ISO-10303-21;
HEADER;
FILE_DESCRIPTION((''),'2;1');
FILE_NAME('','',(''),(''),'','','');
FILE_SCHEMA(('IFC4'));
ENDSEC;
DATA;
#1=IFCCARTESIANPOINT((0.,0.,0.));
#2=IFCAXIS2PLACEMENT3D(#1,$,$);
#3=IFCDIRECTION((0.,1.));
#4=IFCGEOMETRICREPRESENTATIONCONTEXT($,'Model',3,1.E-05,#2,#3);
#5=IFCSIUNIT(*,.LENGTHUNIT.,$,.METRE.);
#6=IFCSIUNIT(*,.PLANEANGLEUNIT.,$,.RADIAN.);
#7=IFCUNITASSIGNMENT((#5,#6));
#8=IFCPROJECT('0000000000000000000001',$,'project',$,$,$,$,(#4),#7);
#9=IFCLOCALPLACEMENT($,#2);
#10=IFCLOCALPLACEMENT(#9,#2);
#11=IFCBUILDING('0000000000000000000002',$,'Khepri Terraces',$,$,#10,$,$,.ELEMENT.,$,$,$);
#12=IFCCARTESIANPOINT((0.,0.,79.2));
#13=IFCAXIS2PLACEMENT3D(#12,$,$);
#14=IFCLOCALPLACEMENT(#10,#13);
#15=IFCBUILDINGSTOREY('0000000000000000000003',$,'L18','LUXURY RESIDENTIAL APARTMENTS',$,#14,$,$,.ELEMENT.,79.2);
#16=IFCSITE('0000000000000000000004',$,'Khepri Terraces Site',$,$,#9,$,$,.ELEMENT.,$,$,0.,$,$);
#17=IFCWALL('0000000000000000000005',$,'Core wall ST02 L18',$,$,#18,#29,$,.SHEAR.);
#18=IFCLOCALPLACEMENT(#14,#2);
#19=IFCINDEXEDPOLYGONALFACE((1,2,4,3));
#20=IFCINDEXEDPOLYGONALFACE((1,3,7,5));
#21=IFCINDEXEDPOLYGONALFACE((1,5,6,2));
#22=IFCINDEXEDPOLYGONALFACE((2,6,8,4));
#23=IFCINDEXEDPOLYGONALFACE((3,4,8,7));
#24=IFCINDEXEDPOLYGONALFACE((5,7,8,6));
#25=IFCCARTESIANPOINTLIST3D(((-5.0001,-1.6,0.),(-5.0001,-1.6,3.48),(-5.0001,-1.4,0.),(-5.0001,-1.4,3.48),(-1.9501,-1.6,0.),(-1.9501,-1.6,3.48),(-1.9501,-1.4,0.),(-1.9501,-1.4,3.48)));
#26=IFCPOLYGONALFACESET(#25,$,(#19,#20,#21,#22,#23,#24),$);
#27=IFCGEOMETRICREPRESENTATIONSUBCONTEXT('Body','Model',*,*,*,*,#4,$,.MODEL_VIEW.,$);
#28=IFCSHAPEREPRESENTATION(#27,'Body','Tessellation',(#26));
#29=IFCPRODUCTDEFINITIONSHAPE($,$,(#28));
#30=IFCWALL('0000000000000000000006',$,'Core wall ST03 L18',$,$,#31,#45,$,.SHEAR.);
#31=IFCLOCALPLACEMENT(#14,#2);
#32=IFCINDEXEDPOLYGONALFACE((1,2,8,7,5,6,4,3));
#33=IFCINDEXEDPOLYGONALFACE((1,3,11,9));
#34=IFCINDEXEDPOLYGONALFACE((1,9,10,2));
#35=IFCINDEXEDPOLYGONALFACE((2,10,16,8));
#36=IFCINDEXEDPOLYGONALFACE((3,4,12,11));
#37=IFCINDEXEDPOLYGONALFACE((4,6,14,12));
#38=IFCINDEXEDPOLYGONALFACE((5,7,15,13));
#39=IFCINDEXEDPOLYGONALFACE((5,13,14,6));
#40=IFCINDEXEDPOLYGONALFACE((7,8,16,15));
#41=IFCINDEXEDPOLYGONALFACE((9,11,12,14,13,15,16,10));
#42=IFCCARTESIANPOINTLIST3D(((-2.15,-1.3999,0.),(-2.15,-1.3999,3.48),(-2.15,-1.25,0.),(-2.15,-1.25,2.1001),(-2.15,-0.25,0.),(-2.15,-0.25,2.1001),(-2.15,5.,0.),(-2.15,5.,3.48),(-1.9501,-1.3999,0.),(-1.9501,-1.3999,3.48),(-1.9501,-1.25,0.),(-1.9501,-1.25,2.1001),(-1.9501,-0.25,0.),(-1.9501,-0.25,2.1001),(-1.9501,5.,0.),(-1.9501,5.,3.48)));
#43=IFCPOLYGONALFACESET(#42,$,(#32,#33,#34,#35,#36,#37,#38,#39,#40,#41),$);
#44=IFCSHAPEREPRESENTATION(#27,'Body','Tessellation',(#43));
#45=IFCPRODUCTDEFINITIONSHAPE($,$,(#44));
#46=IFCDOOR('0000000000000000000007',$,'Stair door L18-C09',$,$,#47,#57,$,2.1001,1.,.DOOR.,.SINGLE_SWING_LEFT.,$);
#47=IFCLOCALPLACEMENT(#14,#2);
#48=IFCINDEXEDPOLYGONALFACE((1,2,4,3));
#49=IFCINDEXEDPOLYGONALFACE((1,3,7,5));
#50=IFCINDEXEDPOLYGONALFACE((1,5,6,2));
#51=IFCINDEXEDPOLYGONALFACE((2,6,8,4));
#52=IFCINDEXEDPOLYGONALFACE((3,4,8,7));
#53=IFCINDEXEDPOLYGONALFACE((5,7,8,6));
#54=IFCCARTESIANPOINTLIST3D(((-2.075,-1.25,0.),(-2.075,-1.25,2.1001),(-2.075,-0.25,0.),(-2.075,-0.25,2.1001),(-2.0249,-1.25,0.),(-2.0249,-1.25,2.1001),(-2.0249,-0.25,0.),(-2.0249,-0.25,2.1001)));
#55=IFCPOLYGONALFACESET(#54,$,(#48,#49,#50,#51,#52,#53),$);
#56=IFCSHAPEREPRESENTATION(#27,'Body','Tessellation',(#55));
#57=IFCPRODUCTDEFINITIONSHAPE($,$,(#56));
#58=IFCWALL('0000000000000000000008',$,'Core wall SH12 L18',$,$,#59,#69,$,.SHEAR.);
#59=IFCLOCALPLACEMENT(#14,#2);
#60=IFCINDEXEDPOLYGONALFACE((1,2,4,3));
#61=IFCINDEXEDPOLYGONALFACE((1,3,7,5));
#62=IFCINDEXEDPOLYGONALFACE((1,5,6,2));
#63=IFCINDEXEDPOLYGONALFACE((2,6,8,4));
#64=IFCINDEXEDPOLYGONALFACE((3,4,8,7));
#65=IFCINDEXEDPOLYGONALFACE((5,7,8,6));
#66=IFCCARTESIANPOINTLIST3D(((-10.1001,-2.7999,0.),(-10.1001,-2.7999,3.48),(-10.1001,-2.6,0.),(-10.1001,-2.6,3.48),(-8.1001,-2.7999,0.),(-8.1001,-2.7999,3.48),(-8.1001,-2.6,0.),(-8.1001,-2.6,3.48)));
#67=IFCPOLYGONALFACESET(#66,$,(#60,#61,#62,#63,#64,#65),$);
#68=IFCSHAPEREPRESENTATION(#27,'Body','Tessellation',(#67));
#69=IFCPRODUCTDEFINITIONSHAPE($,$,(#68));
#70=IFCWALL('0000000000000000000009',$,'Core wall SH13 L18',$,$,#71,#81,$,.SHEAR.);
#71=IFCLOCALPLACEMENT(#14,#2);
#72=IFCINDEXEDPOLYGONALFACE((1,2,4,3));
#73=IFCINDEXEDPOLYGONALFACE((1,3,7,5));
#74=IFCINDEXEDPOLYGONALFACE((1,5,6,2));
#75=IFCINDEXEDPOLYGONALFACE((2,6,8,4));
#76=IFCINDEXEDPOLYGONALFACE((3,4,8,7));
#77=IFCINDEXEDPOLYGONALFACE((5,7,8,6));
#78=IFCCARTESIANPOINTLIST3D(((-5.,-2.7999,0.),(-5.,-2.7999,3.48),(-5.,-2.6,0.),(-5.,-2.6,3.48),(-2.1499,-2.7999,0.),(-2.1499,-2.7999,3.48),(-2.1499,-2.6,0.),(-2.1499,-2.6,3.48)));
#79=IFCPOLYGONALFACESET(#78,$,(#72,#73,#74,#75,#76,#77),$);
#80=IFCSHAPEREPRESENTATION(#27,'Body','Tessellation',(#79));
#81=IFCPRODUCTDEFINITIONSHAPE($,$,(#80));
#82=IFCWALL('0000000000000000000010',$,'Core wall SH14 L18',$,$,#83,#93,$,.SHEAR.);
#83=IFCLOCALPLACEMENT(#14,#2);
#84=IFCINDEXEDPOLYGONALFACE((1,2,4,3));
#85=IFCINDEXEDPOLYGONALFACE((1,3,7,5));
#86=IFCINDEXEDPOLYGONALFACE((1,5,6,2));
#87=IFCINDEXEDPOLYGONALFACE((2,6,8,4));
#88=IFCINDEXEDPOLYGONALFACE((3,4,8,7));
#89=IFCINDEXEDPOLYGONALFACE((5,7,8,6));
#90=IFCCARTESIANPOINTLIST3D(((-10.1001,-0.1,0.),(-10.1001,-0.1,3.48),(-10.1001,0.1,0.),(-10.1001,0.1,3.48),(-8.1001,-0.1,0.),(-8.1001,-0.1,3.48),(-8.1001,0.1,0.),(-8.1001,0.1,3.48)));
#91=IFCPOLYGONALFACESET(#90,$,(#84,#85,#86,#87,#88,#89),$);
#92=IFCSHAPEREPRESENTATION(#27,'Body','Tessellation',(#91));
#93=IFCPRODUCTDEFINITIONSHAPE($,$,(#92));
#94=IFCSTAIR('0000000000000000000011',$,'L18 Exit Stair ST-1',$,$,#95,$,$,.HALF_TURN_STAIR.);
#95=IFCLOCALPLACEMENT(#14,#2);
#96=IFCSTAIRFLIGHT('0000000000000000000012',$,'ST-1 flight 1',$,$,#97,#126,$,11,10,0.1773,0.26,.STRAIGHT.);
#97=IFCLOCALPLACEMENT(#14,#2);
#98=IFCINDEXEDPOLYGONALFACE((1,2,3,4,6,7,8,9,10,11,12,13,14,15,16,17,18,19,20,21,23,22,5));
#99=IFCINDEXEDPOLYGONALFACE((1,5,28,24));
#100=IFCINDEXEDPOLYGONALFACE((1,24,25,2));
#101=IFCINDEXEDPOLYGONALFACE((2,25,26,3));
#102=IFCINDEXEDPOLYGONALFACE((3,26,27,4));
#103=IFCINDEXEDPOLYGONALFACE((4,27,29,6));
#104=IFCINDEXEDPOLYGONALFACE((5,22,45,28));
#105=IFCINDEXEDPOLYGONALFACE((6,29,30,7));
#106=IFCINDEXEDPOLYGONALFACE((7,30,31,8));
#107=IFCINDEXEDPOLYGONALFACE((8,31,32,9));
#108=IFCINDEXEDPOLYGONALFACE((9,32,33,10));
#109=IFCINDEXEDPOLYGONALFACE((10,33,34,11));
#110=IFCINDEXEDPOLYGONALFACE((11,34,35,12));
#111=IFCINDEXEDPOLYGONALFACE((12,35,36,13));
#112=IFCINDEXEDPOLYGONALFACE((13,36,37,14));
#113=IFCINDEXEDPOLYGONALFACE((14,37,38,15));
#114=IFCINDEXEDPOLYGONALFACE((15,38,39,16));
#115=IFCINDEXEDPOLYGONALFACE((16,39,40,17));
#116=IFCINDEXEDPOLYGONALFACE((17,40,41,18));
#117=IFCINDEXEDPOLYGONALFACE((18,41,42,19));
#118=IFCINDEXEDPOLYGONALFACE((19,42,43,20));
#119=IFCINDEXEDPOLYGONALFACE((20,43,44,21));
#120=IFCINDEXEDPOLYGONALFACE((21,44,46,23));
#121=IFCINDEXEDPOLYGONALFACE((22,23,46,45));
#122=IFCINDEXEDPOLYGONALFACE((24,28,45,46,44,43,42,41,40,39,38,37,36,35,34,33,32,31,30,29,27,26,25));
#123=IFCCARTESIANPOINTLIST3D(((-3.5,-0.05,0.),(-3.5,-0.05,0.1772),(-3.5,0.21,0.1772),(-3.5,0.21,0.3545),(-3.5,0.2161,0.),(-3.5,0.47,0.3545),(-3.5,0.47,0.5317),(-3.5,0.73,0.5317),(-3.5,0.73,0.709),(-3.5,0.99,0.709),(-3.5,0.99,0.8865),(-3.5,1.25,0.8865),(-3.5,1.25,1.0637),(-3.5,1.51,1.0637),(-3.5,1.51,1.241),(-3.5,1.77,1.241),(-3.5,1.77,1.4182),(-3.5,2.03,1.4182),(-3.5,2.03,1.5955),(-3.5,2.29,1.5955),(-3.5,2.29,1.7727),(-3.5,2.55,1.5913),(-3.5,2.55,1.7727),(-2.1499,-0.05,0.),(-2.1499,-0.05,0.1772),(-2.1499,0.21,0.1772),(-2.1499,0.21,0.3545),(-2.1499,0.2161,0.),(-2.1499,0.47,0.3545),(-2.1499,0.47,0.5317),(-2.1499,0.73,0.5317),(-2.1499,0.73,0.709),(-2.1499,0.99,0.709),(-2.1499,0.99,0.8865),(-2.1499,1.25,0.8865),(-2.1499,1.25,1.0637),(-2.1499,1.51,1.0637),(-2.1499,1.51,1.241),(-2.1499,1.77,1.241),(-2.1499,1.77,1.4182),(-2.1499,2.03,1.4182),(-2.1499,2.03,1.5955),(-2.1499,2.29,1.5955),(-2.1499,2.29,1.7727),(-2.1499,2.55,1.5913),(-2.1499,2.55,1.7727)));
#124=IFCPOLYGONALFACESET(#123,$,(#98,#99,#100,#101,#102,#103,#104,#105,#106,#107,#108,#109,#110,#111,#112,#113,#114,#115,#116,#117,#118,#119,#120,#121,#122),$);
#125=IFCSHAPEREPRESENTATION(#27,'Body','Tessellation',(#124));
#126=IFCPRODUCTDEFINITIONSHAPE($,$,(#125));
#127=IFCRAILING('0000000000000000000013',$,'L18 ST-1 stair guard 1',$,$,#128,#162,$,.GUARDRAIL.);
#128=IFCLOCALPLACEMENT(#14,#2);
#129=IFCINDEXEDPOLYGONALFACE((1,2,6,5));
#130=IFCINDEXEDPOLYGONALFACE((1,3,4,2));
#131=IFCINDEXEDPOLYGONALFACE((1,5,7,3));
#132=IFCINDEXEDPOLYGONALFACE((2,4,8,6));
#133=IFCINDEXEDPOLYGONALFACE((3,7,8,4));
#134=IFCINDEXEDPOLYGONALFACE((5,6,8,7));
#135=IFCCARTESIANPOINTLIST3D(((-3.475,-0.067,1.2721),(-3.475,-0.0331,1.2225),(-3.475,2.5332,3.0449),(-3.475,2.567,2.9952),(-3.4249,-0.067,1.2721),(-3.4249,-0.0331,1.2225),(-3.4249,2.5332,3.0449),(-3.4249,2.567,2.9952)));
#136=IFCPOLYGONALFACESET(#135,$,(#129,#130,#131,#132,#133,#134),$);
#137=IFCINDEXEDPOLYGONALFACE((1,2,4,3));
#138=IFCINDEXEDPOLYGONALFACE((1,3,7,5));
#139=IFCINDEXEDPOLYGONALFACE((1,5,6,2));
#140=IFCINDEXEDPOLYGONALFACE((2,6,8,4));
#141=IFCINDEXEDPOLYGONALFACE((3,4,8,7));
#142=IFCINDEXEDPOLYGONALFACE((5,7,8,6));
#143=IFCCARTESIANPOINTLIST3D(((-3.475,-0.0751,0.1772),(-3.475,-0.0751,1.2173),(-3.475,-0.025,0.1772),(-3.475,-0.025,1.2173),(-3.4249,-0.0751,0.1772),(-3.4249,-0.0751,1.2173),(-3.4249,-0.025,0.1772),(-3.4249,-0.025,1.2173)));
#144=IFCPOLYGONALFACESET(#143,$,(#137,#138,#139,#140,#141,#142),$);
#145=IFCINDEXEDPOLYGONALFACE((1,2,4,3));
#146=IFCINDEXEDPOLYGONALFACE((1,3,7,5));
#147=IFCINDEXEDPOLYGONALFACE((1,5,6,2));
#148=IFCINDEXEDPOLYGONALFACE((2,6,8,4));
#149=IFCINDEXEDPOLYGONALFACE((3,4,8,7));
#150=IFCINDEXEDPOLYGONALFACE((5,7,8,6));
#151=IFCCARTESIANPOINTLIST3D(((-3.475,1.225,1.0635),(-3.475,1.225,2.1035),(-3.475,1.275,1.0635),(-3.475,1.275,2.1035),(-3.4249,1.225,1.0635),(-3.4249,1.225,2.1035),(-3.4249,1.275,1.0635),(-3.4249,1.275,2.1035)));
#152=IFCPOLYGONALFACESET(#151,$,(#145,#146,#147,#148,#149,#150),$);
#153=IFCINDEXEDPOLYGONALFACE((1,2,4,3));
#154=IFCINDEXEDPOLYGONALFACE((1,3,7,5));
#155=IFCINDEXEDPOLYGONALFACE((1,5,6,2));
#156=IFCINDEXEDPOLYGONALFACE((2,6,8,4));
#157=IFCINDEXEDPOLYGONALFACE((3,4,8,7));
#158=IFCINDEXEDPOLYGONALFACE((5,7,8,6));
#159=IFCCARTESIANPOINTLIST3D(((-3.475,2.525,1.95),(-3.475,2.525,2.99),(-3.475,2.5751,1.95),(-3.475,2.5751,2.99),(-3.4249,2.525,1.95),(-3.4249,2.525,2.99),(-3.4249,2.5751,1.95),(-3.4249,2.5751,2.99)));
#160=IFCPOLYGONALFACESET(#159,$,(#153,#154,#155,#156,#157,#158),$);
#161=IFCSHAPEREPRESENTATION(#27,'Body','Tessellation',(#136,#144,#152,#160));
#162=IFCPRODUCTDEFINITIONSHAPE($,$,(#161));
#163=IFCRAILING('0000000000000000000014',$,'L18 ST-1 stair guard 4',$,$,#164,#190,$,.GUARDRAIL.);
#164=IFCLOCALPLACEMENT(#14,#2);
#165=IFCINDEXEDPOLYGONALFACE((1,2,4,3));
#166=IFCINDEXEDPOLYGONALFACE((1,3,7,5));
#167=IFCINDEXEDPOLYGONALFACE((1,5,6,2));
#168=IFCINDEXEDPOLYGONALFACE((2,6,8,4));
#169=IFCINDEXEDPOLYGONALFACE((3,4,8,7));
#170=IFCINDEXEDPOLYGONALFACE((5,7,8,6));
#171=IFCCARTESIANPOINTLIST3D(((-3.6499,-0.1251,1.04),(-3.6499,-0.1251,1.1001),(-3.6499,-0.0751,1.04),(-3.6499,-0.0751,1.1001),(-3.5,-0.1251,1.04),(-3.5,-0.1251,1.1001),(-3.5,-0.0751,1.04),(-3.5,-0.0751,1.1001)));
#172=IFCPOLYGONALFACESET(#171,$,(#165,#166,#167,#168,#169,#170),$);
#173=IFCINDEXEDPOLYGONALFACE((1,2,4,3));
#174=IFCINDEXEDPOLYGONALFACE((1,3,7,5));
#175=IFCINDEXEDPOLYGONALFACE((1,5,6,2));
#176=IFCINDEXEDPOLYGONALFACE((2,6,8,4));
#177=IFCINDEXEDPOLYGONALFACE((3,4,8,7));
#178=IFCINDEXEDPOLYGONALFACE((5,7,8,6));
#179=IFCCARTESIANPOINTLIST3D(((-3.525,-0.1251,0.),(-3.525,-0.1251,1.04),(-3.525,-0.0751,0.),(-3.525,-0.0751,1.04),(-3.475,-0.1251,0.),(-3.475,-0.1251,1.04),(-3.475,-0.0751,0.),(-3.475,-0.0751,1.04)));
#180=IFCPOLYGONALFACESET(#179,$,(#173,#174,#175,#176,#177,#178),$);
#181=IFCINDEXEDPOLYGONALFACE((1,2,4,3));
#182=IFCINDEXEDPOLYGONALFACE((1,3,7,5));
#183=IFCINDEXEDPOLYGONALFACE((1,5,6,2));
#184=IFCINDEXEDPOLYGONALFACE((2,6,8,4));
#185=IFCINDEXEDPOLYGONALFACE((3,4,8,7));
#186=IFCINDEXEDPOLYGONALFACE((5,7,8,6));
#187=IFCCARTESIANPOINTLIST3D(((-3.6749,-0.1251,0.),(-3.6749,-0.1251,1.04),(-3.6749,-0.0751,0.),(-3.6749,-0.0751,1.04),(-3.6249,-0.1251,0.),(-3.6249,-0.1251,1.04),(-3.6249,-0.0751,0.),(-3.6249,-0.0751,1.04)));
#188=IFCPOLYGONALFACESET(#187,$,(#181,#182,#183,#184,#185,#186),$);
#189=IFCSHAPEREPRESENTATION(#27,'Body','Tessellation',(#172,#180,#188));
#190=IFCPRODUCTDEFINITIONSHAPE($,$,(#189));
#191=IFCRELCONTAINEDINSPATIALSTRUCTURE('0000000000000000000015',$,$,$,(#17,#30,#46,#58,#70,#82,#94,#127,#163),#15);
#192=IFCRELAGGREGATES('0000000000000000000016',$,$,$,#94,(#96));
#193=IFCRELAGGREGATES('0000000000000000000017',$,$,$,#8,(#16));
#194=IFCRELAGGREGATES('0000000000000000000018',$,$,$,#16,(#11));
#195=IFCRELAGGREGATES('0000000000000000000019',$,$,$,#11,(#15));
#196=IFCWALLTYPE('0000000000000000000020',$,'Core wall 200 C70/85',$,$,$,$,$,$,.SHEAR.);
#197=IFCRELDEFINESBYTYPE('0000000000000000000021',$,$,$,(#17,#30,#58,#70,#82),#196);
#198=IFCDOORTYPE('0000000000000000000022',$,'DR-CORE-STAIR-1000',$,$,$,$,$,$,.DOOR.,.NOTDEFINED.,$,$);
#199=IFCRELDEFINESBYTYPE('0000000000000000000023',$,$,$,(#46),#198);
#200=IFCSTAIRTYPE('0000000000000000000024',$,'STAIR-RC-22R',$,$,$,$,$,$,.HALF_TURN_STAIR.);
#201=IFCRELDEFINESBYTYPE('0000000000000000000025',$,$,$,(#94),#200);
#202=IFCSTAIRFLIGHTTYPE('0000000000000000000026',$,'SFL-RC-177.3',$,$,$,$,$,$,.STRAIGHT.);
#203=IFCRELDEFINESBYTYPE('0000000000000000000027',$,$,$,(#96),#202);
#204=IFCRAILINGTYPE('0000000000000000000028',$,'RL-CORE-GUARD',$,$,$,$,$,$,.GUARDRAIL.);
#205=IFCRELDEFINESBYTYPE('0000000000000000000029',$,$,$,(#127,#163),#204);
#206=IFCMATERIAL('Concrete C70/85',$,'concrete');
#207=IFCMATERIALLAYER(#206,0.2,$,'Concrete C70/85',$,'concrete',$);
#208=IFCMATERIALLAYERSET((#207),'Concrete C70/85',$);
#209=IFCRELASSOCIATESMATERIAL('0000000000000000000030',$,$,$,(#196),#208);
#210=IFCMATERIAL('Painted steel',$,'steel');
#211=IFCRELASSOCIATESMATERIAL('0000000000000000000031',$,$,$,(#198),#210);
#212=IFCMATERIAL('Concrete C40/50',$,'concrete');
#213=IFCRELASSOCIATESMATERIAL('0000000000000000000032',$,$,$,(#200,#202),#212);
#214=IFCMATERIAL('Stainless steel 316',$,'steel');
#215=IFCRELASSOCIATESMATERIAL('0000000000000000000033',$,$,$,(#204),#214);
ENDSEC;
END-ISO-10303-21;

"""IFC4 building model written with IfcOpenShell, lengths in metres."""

from ifc_helpers import new_model, si_unit, direction, frame, frame_2d, origin, origin_2d, place, context, subcontext, project, spatial, polyline, rectangle, outline, extrude, material, layer, layer_set, type_object, element, fill, aggregate, save


model = new_model("IFC4")

# Units and contexts
model_context = context("Model", 3, precision=1e-05, world=origin(), true_north=direction((0.0, 1.0)))
body_context = subcontext(model_context, "Body", "Model", "MODEL_VIEW")
ifc_project = project(units=[si_unit("LENGTHUNIT", "METRE"), si_unit("PLANEANGLEUNIT", "RADIAN")], contexts=[model_context])

# Site, building, storey
site_placement = place(None, origin())
site = spatial("IfcSite", under=ifc_project, at=site_placement, Name="Khepri Terraces Site", CompositionType="ELEMENT", RefElevation=0.0)
building_placement = place(site_placement, origin())
building = spatial("IfcBuilding", under=site, at=building_placement, Name="Khepri Terraces", CompositionType="ELEMENT")
storey_placement = place(building_placement, frame((0.0, 0.0, 79.2)))
storey = spatial("IfcBuildingStorey", under=building, at=storey_placement, Name="L18", Description="LUXURY RESIDENTIAL APARTMENTS", CompositionType="ELEMENT", Elevation=79.2)

# Wall
ifc_material_1 = material(Name="Concrete C70/85", Category="concrete")
ifc_layer = layer(ifc_material_1, 0.2, Name="Concrete C70/85", Category="concrete")
ifc_layer_set = layer_set([ifc_layer], Name="Concrete C70/85")
wall_type = type_object("IfcWallType", Name="Core wall 200 C70/85", PredefinedType="SHEAR", material=ifc_layer_set)
wall_1_placement = place(storey_placement, frame((-5.0, -1.5, 0.0), z_axis=(0.0, 0.0, 1.0), x_axis=(1.0, 0.0, 0.0)))
element("IfcWall", 1, at=wall_1_placement, inside=storey, type_object=wall_type, Name="Core wall ST02 L18", PredefinedType="SHEAR", context=body_context, shape_type="SweptSolid", body=[
    extrude(rectangle(XDim=3.05, YDim=0.2, at=frame_2d((1.5249, 0.0))), origin(), (0.0, 0.0, 1.0), 3.48),
])

# Wall, opening, door
wall_2_placement = place(storey_placement, frame((-2.05, -1.3999, 0.0), z_axis=(0.0, 0.0, 1.0), x_axis=(0.0, 1.0, 0.0)))
wall_2 = element("IfcWall", 2, at=wall_2_placement, inside=storey, type_object=wall_type, Name="Core wall ST03 L18", PredefinedType="SHEAR", context=body_context, shape_type="SweptSolid", body=[
    extrude(rectangle(XDim=6.3999, YDim=0.2, at=frame_2d((3.2, 0.0))), origin(), (0.0, 0.0, 1.0), 3.48),
])
opening_placement = place(wall_2_placement, frame((0.1499, 0.0, 0.0)))
opening = element("IfcOpeningElement", 3, at=opening_placement, cuts=wall_2, PredefinedType="OPENING", context=body_context, shape_type="SweptSolid", body=[
    extrude(rectangle(XDim=1.0, YDim=2.1001, at=frame_2d((0.5, 1.05))), frame((0.0, 0.1099, 0.0), z_axis=(0.0, -1.0, 0.0), x_axis=(1.0, 0.0, 0.0)), (0.0, 0.0, 1.0), 0.22),
])
ifc_material_2 = material(Name="Painted steel", Category="steel")
door_type = type_object("IfcDoorType", Name="DR-CORE-STAIR-1000", OperationType="NOTDEFINED", PredefinedType="DOOR", material=ifc_material_2)
door_placement = place(opening_placement, origin())
door = element("IfcDoor", 4, at=door_placement, inside=storey, type_object=door_type, Name="Stair door L18-C09", OperationType="SINGLE_SWING_LEFT", OverallHeight=2.1001, OverallWidth=1.0, PredefinedType="DOOR", context=body_context, shape_type="SweptSolid", body=[
    extrude(rectangle(XDim=1.0, YDim=2.1001, at=frame_2d((0.5, 1.05))), frame((0.0, 0.0249, 0.0), z_axis=(0.0, -1.0, 0.0), x_axis=(1.0, 0.0, 0.0)), (0.0, 0.0, 1.0), 0.05),
])
fill(opening, door)

# Walls
wall_3_placement = place(storey_placement, frame((-10.1001, -2.7, 0.0), z_axis=(0.0, 0.0, 1.0), x_axis=(1.0, 0.0, 0.0)))
element("IfcWall", 5, at=wall_3_placement, inside=storey, type_object=wall_type, Name="Core wall SH12 L18", PredefinedType="SHEAR", context=body_context, shape_type="SweptSolid", body=[
    extrude(rectangle(XDim=2.0, YDim=0.2, at=frame_2d((1.0, 0.0))), origin(), (0.0, 0.0, 1.0), 3.48),
])
wall_4_placement = place(storey_placement, frame((-5.0, -2.7, 0.0), z_axis=(0.0, 0.0, 1.0), x_axis=(1.0, 0.0, 0.0)))
element("IfcWall", 6, at=wall_4_placement, inside=storey, type_object=wall_type, Name="Core wall SH13 L18", PredefinedType="SHEAR", context=body_context, shape_type="SweptSolid", body=[
    extrude(rectangle(XDim=2.8501, YDim=0.2, at=frame_2d((1.425, 0.0))), origin(), (0.0, 0.0, 1.0), 3.48),
])
wall_5_placement = place(storey_placement, frame((-10.1001, 0.0, 0.0), z_axis=(0.0, 0.0, 1.0), x_axis=(1.0, 0.0, 0.0)))
element("IfcWall", 7, at=wall_5_placement, inside=storey, type_object=wall_type, Name="Core wall SH14 L18", PredefinedType="SHEAR", context=body_context, shape_type="SweptSolid", body=[
    extrude(rectangle(XDim=2.0, YDim=0.2, at=frame_2d((1.0, 0.0))), origin(), (0.0, 0.0, 1.0), 3.48),
])

# Stair, stair flight
ifc_material_3 = material(Name="Concrete C40/50", Category="concrete")
stair_type = type_object("IfcStairType", Name="STAIR-RC-22R", PredefinedType="HALF_TURN_STAIR", material=ifc_material_3)
stair_placement = place(storey_placement, origin())
stair = element("IfcStair", 8, at=stair_placement, inside=storey, type_object=stair_type, Name="L18 Exit Stair ST-1", PredefinedType="HALF_TURN_STAIR")
stair_flight_type = type_object("IfcStairFlightType", Name="SFL-RC-177.3", PredefinedType="STRAIGHT", material=ifc_material_3)
stair_flight_placement = place(storey_placement, frame((-2.825, -0.05, 0.0), z_axis=(0.0, 0.0, 1.0), x_axis=(0.0, 1.0, 0.0)))
stair_flight = element("IfcStairFlight", 9, at=stair_flight_placement, type_object=stair_flight_type, Name="ST-1 flight 1", NumberOfRisers=11, NumberOfTreads=10, PredefinedType="STRAIGHT", RiserHeight=0.1773, TreadLength=0.26, context=body_context, shape_type="SweptSolid", body=[
    extrude(outline(polyline([(0.0, 0.0), (0.0, 0.1772), (0.26, 0.1772), (0.26, 0.3545), (0.52, 0.3545), (0.52, 0.5317), (0.78, 0.5317), (0.78, 0.709), (1.04, 0.709), (1.04, 0.8865), (1.3, 0.8865), (1.3, 1.0637), (1.5601, 1.0637), (1.5601, 1.241), (1.8201, 1.241), (1.8201, 1.4182), (2.0801, 1.4182), (2.0801, 1.5955), (2.3401, 1.5955), (2.3401, 1.7727), (2.6001, 1.7727), (2.6001, 1.95), (2.6001, 1.5913), (0.2661, 0.0), (0.0, 0.0)])), frame((0.0, 0.675, 0.0), z_axis=(0.0, -1.0, 0.0), x_axis=(1.0, 0.0, 0.0)), (0.0, 0.0, 1.0), 1.3501),
])
aggregate(stair, [stair_flight])

# Railings
ifc_material_4 = material(Name="Stainless steel 316", Category="steel")
railing_type_1 = type_object("IfcRailingType", Name="RL-CORE-GUARD", PredefinedType="GUARDRAIL", material=ifc_material_4)
railing_1_placement = place(storey_placement, frame((-3.45, -0.05, 0.1772)))
element("IfcRailing", 10, at=railing_1_placement, inside=storey, type_object=railing_type_1, Name="L18 ST-1 stair guard 1", PredefinedType="GUARDRAIL", context=body_context, shape_type="SweptSolid", body=[
    extrude(rectangle(XDim=0.05, YDim=0.0601, at=origin_2d()), frame((0.0, 0.0, 1.0701), z_axis=(0.0, 0.82624, 0.563318), x_axis=(-1.0, 0.0, 0.0)), (0.0, 0.0, 1.0), 3.147),
    extrude(rectangle(XDim=0.05, YDim=0.05, at=origin_2d()), origin(), (0.0, 0.0, 1.0), 1.04),
    extrude(rectangle(XDim=0.05, YDim=0.05, at=origin_2d()), frame((0.0, 1.3, 0.8862)), (0.0, 0.0, 1.0), 1.04),
    extrude(rectangle(XDim=0.05, YDim=0.05, at=origin_2d()), frame((0.0, 2.6001, 1.7727)), (0.0, 0.0, 1.0), 1.04),
])
railing_2_placement = place(storey_placement, frame((-3.5, -0.1001, 0.0)))
element("IfcRailing", 11, at=railing_2_placement, inside=storey, type_object=railing_type_1, Name="L18 ST-1 stair guard 4", PredefinedType="GUARDRAIL", context=body_context, shape_type="SweptSolid", body=[
    extrude(rectangle(XDim=0.05, YDim=0.0601, at=origin_2d()), frame((0.0, 0.0, 1.0701), z_axis=(-1.0, 0.0, 0.0), x_axis=(0.0, -1.0, 0.0)), (0.0, 0.0, 1.0), 0.1499),
    extrude(rectangle(XDim=0.05, YDim=0.05, at=origin_2d()), origin(), (0.0, 0.0, 1.0), 1.04),
    extrude(rectangle(XDim=0.05, YDim=0.05, at=origin_2d()), frame((-0.1499, 0.0, 0.0)), (0.0, 0.0, 1.0), 1.04),
])

save(model, "model.ifc")
